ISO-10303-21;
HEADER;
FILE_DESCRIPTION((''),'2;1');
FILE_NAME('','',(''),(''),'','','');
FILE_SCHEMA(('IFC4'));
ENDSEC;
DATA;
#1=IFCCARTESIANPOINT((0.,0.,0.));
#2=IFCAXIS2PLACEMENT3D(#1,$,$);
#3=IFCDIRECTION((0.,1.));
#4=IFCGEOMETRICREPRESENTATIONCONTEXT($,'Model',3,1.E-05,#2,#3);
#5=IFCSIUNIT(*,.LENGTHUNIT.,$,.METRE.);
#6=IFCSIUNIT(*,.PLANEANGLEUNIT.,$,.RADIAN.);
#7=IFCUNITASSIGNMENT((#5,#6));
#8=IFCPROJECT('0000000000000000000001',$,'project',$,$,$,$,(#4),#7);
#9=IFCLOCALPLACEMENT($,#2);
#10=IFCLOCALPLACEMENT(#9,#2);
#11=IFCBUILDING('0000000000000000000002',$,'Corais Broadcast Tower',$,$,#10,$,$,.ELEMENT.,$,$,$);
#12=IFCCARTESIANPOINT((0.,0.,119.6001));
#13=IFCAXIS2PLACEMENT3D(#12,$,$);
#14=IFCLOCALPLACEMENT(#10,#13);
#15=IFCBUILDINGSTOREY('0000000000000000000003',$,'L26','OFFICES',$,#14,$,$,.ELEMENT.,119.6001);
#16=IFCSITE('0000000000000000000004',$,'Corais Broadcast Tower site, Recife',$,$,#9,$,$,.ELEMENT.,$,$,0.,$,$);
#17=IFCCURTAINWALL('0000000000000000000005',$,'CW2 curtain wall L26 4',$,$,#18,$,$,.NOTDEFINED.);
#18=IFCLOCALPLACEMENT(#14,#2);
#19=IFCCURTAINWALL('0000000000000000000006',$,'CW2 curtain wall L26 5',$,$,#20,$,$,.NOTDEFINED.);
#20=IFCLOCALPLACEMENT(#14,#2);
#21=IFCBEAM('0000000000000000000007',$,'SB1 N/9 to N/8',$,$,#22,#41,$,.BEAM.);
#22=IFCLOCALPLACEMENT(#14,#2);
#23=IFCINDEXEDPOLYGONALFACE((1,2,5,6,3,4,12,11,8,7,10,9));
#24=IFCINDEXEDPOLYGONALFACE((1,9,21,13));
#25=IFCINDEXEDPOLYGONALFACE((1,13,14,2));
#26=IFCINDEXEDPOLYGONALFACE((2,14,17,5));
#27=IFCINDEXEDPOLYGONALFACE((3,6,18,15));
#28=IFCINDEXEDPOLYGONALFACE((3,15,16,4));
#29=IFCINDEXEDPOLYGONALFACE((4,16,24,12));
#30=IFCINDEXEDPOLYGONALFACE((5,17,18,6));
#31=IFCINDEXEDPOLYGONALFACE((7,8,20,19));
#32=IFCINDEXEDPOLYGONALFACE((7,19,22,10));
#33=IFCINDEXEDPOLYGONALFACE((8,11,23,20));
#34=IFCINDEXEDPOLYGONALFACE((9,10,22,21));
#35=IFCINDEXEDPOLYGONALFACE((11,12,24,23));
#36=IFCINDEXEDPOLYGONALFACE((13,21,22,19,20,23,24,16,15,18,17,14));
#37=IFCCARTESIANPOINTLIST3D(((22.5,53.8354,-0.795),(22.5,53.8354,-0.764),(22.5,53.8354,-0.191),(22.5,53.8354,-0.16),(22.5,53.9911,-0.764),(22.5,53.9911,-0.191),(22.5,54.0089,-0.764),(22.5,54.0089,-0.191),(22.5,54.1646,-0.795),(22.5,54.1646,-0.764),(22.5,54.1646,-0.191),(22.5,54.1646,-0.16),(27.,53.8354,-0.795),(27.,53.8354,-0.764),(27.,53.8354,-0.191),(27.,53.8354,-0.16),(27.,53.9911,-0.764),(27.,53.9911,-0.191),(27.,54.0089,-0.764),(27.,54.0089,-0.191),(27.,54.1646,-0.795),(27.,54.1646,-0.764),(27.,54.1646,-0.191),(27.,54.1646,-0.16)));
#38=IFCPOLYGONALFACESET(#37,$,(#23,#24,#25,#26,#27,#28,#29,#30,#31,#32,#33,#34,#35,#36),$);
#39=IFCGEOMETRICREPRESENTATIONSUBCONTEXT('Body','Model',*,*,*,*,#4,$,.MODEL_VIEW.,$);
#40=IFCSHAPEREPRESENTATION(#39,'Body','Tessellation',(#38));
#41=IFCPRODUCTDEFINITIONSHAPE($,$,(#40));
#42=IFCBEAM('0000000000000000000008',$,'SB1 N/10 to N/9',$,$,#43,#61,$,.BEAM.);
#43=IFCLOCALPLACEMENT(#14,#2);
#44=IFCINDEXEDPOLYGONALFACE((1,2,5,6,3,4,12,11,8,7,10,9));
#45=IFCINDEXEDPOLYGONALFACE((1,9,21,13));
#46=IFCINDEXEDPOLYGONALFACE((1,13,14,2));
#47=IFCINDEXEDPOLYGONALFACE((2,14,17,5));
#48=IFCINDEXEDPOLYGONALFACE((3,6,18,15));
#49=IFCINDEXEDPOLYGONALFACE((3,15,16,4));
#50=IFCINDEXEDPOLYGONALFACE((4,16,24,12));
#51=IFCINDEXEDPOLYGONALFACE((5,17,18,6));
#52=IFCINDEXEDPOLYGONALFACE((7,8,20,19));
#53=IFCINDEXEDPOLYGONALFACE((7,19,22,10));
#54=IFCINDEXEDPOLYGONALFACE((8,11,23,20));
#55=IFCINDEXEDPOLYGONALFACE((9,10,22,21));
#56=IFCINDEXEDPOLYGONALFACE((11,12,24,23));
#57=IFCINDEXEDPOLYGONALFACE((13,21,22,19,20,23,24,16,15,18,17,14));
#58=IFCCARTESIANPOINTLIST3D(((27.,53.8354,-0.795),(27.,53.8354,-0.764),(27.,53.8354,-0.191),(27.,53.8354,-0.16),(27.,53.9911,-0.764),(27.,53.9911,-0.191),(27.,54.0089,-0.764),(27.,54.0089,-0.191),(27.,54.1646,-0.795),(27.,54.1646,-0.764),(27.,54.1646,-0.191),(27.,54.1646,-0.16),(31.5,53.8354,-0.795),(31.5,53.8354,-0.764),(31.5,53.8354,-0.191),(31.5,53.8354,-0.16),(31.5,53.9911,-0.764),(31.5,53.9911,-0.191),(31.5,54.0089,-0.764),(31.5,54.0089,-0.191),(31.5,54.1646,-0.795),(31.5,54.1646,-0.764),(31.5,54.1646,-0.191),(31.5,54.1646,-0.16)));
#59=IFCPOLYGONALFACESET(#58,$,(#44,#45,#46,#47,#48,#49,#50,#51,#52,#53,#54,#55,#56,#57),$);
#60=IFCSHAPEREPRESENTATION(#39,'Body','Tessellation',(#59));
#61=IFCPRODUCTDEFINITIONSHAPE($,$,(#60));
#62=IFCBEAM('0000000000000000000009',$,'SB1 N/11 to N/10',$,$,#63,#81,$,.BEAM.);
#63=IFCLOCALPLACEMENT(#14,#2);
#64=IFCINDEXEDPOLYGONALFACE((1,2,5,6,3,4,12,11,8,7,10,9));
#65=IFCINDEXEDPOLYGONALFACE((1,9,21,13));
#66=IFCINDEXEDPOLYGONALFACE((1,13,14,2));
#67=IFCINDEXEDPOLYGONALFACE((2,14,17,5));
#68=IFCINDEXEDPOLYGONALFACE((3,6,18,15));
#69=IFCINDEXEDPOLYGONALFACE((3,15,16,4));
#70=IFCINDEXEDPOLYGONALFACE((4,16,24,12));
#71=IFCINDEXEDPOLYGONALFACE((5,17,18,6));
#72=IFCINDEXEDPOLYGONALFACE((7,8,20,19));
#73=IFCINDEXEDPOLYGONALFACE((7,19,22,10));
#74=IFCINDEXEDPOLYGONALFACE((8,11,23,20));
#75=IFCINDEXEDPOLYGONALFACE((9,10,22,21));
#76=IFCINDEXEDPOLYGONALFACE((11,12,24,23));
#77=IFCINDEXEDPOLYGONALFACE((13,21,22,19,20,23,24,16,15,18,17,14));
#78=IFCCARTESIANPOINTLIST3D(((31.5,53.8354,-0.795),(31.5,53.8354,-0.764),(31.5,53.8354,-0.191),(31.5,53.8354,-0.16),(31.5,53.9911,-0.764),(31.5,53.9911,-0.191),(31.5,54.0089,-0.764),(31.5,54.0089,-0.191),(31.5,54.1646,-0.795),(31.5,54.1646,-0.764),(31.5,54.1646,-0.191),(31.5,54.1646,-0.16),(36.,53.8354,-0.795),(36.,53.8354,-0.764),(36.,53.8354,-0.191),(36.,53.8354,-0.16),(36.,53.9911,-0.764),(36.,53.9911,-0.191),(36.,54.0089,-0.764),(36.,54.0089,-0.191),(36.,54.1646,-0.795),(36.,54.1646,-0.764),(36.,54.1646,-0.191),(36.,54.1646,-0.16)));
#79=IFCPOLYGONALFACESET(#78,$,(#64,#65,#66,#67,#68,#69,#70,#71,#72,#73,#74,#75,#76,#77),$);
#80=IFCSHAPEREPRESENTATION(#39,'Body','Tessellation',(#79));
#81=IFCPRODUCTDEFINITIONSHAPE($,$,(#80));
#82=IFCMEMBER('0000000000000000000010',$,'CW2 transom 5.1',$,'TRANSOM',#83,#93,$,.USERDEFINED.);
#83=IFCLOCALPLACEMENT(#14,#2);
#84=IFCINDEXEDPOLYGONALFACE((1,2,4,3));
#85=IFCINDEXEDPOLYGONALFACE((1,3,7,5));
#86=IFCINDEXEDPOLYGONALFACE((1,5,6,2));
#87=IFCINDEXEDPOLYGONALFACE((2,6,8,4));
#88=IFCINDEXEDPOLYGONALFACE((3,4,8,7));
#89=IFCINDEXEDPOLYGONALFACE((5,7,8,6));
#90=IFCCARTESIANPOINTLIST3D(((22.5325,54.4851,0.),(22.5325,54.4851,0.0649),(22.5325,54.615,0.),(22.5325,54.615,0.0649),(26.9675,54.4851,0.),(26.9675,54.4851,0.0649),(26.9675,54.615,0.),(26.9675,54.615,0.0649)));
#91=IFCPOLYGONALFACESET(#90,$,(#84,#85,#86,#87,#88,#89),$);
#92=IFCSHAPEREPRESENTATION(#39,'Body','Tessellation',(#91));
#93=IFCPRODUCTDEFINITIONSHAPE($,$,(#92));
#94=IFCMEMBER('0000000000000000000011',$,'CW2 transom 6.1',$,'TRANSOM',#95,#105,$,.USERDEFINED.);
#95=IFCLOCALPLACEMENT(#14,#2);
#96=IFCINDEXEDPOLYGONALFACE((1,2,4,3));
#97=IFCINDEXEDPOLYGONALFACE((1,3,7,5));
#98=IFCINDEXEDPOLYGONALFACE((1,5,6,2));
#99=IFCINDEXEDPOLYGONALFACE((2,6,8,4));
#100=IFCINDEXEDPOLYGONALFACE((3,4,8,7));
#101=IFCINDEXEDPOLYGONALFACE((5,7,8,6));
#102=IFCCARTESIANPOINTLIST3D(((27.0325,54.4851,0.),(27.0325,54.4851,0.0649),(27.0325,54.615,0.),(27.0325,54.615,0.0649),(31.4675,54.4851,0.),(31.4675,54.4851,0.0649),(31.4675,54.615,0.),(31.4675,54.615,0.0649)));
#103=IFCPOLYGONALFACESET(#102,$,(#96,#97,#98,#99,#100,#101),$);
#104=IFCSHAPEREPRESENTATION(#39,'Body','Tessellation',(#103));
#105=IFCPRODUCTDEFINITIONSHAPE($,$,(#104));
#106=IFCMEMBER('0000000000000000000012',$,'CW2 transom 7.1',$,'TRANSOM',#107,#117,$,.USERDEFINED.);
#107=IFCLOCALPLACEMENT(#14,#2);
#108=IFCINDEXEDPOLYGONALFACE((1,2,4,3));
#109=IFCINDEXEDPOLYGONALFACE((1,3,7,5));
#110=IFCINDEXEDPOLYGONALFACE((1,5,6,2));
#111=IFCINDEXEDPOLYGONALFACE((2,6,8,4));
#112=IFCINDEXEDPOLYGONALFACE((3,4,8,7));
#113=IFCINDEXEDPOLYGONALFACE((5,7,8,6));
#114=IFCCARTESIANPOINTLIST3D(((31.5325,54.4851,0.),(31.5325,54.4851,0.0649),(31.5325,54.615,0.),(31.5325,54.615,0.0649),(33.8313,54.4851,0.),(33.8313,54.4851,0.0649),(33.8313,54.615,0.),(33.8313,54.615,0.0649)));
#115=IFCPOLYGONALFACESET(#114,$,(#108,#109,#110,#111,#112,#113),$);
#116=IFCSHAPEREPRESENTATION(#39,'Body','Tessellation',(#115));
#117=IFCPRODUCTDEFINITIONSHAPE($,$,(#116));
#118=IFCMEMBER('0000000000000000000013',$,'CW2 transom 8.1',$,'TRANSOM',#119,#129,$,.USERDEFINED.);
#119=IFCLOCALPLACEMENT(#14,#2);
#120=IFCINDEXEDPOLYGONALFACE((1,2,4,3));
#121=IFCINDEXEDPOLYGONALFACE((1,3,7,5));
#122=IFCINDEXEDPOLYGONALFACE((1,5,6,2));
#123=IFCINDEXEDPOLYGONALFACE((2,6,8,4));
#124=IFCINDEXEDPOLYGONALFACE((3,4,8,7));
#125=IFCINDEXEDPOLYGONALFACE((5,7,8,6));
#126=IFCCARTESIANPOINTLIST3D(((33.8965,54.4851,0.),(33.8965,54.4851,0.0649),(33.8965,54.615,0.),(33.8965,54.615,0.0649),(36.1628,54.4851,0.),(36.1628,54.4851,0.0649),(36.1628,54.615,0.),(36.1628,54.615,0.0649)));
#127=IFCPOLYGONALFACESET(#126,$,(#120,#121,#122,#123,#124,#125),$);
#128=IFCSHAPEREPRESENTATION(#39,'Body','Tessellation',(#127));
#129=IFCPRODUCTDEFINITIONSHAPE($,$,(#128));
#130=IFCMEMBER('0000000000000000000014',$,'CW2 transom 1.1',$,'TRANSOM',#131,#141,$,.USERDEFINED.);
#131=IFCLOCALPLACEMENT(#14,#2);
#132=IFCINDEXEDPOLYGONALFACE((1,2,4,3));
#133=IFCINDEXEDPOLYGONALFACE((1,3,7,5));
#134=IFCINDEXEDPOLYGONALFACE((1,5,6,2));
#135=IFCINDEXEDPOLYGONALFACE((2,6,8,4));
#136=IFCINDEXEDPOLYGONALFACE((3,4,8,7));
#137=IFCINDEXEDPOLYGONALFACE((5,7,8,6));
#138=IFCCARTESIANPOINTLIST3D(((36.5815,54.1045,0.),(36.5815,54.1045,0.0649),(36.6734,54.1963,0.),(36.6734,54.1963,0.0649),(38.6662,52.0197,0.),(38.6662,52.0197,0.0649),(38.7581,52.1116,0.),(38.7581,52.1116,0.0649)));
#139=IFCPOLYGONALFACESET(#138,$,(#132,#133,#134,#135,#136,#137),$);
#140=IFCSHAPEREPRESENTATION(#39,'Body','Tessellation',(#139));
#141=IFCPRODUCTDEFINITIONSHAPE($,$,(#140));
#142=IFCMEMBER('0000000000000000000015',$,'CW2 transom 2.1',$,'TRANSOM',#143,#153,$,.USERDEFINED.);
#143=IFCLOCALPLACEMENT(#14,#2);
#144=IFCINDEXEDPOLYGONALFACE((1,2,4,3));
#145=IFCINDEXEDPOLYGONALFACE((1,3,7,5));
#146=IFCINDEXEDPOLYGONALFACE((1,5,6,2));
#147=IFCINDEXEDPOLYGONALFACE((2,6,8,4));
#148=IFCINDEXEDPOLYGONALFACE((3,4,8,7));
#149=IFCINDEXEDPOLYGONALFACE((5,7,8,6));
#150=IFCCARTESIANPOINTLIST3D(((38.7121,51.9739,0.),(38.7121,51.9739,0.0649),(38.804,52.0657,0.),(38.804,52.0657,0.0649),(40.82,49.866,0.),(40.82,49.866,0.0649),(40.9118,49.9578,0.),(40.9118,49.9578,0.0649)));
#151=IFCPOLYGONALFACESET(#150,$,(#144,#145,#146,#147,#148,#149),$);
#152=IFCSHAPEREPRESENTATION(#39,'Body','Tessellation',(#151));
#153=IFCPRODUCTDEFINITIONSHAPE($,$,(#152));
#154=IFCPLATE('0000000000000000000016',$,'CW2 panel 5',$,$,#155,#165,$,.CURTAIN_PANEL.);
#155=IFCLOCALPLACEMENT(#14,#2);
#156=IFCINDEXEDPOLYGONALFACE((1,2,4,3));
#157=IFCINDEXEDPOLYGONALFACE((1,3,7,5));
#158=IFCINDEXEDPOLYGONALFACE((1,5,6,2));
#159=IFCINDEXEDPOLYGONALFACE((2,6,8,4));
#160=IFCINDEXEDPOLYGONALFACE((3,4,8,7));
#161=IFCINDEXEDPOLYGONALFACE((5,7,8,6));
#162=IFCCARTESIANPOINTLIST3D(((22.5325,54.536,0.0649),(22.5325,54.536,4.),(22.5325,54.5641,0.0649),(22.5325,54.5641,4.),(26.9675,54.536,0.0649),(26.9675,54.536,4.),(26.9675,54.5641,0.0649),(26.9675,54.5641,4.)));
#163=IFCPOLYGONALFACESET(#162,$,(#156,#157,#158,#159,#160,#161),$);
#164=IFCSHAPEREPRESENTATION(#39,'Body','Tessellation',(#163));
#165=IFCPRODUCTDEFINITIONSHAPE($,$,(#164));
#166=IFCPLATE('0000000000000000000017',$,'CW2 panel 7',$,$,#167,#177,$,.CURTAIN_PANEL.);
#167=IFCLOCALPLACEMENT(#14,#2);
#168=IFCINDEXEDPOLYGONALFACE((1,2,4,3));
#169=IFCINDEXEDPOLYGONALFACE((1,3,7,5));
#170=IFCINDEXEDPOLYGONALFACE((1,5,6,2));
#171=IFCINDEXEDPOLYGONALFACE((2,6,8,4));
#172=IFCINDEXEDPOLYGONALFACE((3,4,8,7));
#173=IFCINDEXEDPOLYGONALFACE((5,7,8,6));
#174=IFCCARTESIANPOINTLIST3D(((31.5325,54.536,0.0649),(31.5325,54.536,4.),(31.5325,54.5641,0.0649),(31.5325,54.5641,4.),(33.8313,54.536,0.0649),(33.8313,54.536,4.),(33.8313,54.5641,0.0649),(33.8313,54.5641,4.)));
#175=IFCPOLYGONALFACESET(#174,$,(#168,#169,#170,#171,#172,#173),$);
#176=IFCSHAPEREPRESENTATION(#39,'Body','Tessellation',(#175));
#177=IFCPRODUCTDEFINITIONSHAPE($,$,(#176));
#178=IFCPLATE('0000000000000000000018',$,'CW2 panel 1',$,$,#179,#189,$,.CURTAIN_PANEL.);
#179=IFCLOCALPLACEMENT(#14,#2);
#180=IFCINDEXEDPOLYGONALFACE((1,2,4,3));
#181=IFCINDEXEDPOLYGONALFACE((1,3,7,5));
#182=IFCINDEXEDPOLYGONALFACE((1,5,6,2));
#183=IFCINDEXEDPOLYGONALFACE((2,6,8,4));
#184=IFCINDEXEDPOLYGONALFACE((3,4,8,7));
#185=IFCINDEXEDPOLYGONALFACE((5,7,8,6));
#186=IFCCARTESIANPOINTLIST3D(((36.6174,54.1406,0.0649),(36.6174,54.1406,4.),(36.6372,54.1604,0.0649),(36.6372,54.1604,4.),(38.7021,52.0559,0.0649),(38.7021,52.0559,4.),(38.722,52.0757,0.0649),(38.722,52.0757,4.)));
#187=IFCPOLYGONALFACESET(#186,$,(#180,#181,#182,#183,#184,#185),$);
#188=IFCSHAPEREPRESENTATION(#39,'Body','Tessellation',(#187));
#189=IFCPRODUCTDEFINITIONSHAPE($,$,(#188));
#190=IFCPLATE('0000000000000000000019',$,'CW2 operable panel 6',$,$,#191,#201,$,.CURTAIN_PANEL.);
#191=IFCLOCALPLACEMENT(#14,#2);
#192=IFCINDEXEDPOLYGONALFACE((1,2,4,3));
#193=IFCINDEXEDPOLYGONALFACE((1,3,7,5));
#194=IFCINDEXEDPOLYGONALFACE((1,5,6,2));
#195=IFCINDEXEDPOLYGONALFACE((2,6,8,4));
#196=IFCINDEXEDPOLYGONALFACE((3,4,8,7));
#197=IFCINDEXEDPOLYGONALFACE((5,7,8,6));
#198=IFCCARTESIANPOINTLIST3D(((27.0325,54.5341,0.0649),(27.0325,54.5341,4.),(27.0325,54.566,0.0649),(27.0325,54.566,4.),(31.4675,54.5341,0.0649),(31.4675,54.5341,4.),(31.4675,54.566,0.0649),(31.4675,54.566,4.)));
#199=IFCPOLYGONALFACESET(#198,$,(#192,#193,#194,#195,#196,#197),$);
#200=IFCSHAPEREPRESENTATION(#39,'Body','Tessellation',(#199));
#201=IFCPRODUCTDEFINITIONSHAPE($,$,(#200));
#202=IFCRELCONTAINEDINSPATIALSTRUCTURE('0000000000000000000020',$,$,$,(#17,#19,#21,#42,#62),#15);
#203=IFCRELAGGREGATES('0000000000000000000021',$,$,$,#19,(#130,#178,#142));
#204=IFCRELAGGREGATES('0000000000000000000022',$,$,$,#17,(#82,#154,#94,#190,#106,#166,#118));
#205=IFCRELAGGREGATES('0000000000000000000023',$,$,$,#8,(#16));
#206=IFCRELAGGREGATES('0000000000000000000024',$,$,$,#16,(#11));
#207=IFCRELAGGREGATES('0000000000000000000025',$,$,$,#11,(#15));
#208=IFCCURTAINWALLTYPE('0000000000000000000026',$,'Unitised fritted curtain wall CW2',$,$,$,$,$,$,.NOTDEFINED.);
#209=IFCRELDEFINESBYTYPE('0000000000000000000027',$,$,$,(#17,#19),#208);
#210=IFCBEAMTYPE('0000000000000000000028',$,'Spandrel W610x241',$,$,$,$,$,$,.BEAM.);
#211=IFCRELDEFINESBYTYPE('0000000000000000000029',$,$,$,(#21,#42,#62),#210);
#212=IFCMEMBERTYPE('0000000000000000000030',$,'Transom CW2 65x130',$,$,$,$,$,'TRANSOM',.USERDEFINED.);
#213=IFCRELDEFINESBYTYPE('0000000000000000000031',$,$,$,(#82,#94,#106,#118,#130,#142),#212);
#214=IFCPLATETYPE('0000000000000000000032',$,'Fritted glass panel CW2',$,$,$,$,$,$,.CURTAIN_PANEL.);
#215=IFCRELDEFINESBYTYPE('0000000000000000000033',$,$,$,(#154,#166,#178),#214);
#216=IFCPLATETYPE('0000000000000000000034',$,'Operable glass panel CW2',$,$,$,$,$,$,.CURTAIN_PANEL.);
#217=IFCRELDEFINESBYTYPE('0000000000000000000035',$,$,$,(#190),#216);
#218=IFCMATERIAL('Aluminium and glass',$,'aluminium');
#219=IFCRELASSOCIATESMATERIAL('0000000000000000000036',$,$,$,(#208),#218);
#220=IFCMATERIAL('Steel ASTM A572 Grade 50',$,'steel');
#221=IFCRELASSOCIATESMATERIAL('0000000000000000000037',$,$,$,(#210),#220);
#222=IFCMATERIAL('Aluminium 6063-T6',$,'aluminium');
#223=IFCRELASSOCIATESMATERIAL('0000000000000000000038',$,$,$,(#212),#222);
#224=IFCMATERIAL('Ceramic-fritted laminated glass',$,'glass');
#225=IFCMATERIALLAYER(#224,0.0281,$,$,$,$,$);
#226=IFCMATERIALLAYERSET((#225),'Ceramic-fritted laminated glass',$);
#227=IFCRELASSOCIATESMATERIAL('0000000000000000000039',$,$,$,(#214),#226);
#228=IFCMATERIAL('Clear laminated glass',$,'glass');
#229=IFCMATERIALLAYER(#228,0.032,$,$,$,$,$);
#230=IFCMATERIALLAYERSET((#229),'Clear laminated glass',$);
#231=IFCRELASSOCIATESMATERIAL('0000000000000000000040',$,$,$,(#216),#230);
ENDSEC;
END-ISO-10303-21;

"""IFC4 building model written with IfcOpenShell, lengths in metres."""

from ifc_helpers import new_model, si_unit, direction, frame, origin, origin_2d, place, context, subcontext, project, spatial, rectangle, i_section, extrude, material, layer, layer_set, material_profile, profile_set, type_object, element, aggregate, save


model = new_model("IFC4")

# Units and contexts
model_context = context("Model", 3, precision=1e-05, world=origin(), true_north=direction((0.0, 1.0)))
body_context = subcontext(model_context, "Body", "Model", "MODEL_VIEW")
ifc_project = project(units=[si_unit("LENGTHUNIT", "METRE"), si_unit("PLANEANGLEUNIT", "RADIAN")], contexts=[model_context])

# Site, building, storey
site_placement = place(None, origin())
site = spatial("IfcSite", under=ifc_project, at=site_placement, Name="Corais Broadcast Tower site, Recife", CompositionType="ELEMENT", RefElevation=0.0)
building_placement = place(site_placement, origin())
building = spatial("IfcBuilding", under=site, at=building_placement, Name="Corais Broadcast Tower", CompositionType="ELEMENT")
storey_placement = place(building_placement, frame((0.0, 0.0, 119.6001)))
storey = spatial("IfcBuildingStorey", under=building, at=storey_placement, Name="L26", Description="OFFICES", CompositionType="ELEMENT", Elevation=119.6001)

# Curtain walls
ifc_material_1 = material(Name="Aluminium and glass", Category="aluminium")
curtain_wall_type = type_object("IfcCurtainWallType", Name="Unitised fritted curtain wall CW2", PredefinedType="NOTDEFINED", material=ifc_material_1)
curtain_wall_1_placement = place(storey_placement, origin())
curtain_wall_1 = element("IfcCurtainWall", 1, at=curtain_wall_1_placement, inside=storey, type_object=curtain_wall_type, Name="CW2 curtain wall L26 4", PredefinedType="NOTDEFINED")
curtain_wall_2_placement = place(storey_placement, origin())
curtain_wall_2 = element("IfcCurtainWall", 2, at=curtain_wall_2_placement, inside=storey, type_object=curtain_wall_type, Name="CW2 curtain wall L26 5", PredefinedType="NOTDEFINED")

# Beams
ifc_material_2 = material(Name="Steel ASTM A572 Grade 50", Category="steel")
ifc_material_profile_1 = material_profile(ifc_material_2, i_section(OverallWidth=0.3291, OverallDepth=0.635, WebThickness=0.0178, FlangeThickness=0.031, at=origin_2d()), Name="W610x241")
ifc_profile_set_1 = profile_set([ifc_material_profile_1], Name="Steel ASTM A572 Grade 50")
beam_type_1 = type_object("IfcBeamType", Name="Spandrel W610x241", PredefinedType="BEAM", material=ifc_profile_set_1)
for number, where, z_axis, x_axis, name in (
    (3, (27.0, 54.0, -0.4775), (-1.0, 0.0, 0.0), (0.0, -1.0, 0.0), "SB1 N/9 to N/8"),
    (4, (31.5, 54.0, -0.4775), (-1.0, 0.0, 0.0), (0.0, -1.0, 0.0), "SB1 N/10 to N/9"),
    (5, (36.0, 54.0, -0.4775), (-1.0, 0.0, 0.0), (0.0, -1.0, 0.0), "SB1 N/11 to N/10"),
):
    element("IfcBeam", number, at=place(storey_placement, frame(where, z_axis=z_axis, x_axis=x_axis)), inside=storey, type_object=beam_type_1, Name=name, PredefinedType="BEAM", context=body_context, shape_type="SweptSolid", body=[
        extrude(i_section(OverallWidth=0.3291, OverallDepth=0.635, WebThickness=0.0178, FlangeThickness=0.031, at=origin_2d()), origin(), (0.0, 0.0, 1.0), 4.5),
    ])

# Members
ifc_material_3 = material(Name="Aluminium 6063-T6", Category="aluminium")
ifc_material_profile_2 = material_profile(ifc_material_3, rectangle(XDim=0.1299, YDim=0.0649, at=origin_2d()), Name="Transom CW2 65x130")
ifc_profile_set_2 = profile_set([ifc_material_profile_2], Name="Aluminium 6063-T6")
member_type_1 = type_object("IfcMemberType", Name="Transom CW2 65x130", ElementType="TRANSOM", PredefinedType="USERDEFINED", material=ifc_profile_set_2)
member_1_placement = place(storey_placement, frame((22.5325, 54.55, 0.0325), z_axis=(1.0, 0.0, 0.0), x_axis=(0.0, 1.0, 0.0)))
member_1 = element("IfcMember", 6, at=member_1_placement, type_object=member_type_1, Name="CW2 transom 5.1", ObjectType="TRANSOM", PredefinedType="USERDEFINED", context=body_context, shape_type="SweptSolid", body=[
    extrude(rectangle(XDim=0.1299, YDim=0.0649, at=origin_2d()), origin(), (0.0, 0.0, 1.0), 4.4351),
])
member_2_placement = place(storey_placement, frame((27.0325, 54.55, 0.0325), z_axis=(1.0, 0.0, 0.0), x_axis=(0.0, 1.0, 0.0)))
member_2 = element("IfcMember", 7, at=member_2_placement, type_object=member_type_1, Name="CW2 transom 6.1", ObjectType="TRANSOM", PredefinedType="USERDEFINED", context=body_context, shape_type="SweptSolid", body=[
    extrude(rectangle(XDim=0.1299, YDim=0.0649, at=origin_2d()), origin(), (0.0, 0.0, 1.0), 4.4351),
])
member_3_placement = place(storey_placement, frame((31.5325, 54.55, 0.0325), z_axis=(1.0, 0.0, 0.0), x_axis=(0.0, 1.0, 0.0)))
member_3 = element("IfcMember", 8, at=member_3_placement, type_object=member_type_1, Name="CW2 transom 7.1", ObjectType="TRANSOM", PredefinedType="USERDEFINED", context=body_context, shape_type="SweptSolid", body=[
    extrude(rectangle(XDim=0.1299, YDim=0.0649, at=origin_2d()), origin(), (0.0, 0.0, 1.0), 2.2988),
])
member_4_placement = place(storey_placement, frame((33.8965, 54.55, 0.0325), z_axis=(1.0, 0.0, 0.0), x_axis=(0.0, 1.0, 0.0)))
member_4 = element("IfcMember", 9, at=member_4_placement, type_object=member_type_1, Name="CW2 transom 8.1", ObjectType="TRANSOM", PredefinedType="USERDEFINED", context=body_context, shape_type="SweptSolid", body=[
    extrude(rectangle(XDim=0.1299, YDim=0.0649, at=origin_2d()), origin(), (0.0, 0.0, 1.0), 2.2664),
])
member_5_placement = place(storey_placement, frame((36.6274, 54.1504, 0.0325), z_axis=(0.707107, -0.707107, 0.0), x_axis=(0.707107, 0.707107, 0.0)))
member_5 = element("IfcMember", 10, at=member_5_placement, type_object=member_type_1, Name="CW2 transom 1.1", ObjectType="TRANSOM", PredefinedType="USERDEFINED", context=body_context, shape_type="SweptSolid", body=[
    extrude(rectangle(XDim=0.1299, YDim=0.0649, at=origin_2d()), origin(), (0.0, 0.0, 1.0), 2.9482),
])
member_6_placement = place(storey_placement, frame((38.7581, 52.0198, 0.0325), z_axis=(0.707107, -0.707107, 0.0), x_axis=(0.707107, 0.707107, 0.0)))
member_6 = element("IfcMember", 11, at=member_6_placement, type_object=member_type_1, Name="CW2 transom 2.1", ObjectType="TRANSOM", PredefinedType="USERDEFINED", context=body_context, shape_type="SweptSolid", body=[
    extrude(rectangle(XDim=0.1299, YDim=0.0649, at=origin_2d()), origin(), (0.0, 0.0, 1.0), 2.981),
])

# Plates
ifc_material_4 = material(Name="Ceramic-fritted laminated glass", Category="glass")
ifc_layer_1 = layer(ifc_material_4, 0.0281)
ifc_layer_set_1 = layer_set([ifc_layer_1], Name="Ceramic-fritted laminated glass")
plate_type_1 = type_object("IfcPlateType", Name="Fritted glass panel CW2", PredefinedType="CURTAIN_PANEL", material=ifc_layer_set_1)
plate_1_placement = place(storey_placement, frame((24.75, 54.55, 0.0649), z_axis=(0.0, 0.0, 1.0), x_axis=(1.0, 0.0, 0.0)))
plate_1 = element("IfcPlate", 12, at=plate_1_placement, type_object=plate_type_1, Name="CW2 panel 5", PredefinedType="CURTAIN_PANEL", context=body_context, shape_type="SweptSolid", body=[
    extrude(rectangle(XDim=4.4351, YDim=0.0281, at=origin_2d()), origin(), (0.0, 0.0, 1.0), 3.9351),
])
plate_2_placement = place(storey_placement, frame((32.6819, 54.55, 0.0649), z_axis=(0.0, 0.0, 1.0), x_axis=(1.0, 0.0, 0.0)))
plate_2 = element("IfcPlate", 13, at=plate_2_placement, type_object=plate_type_1, Name="CW2 panel 7", PredefinedType="CURTAIN_PANEL", context=body_context, shape_type="SweptSolid", body=[
    extrude(rectangle(XDim=2.2988, YDim=0.0281, at=origin_2d()), origin(), (0.0, 0.0, 1.0), 3.9351),
])
plate_3_placement = place(storey_placement, frame((37.6697, 53.1082, 0.0649), z_axis=(0.0, 0.0, 1.0), x_axis=(0.707107, -0.707107, 0.0)))
plate_3 = element("IfcPlate", 14, at=plate_3_placement, type_object=plate_type_1, Name="CW2 panel 1", PredefinedType="CURTAIN_PANEL", context=body_context, shape_type="SweptSolid", body=[
    extrude(rectangle(XDim=2.9482, YDim=0.0281, at=origin_2d()), origin(), (0.0, 0.0, 1.0), 3.9351),
])
aggregate(curtain_wall_2, [member_5, plate_3, member_6])
ifc_material_5 = material(Name="Clear laminated glass", Category="glass")
ifc_layer_2 = layer(ifc_material_5, 0.032)
ifc_layer_set_2 = layer_set([ifc_layer_2], Name="Clear laminated glass")
plate_type_2 = type_object("IfcPlateType", Name="Operable glass panel CW2", PredefinedType="CURTAIN_PANEL", material=ifc_layer_set_2)
plate_4_placement = place(storey_placement, frame((29.25, 54.55, 0.0649), z_axis=(0.0, 0.0, 1.0), x_axis=(1.0, 0.0, 0.0)))
plate_4 = element("IfcPlate", 15, at=plate_4_placement, type_object=plate_type_2, Name="CW2 operable panel 6", PredefinedType="CURTAIN_PANEL", context=body_context, shape_type="SweptSolid", body=[
    extrude(rectangle(XDim=4.4351, YDim=0.032, at=origin_2d()), origin(), (0.0, 0.0, 1.0), 3.9351),
])
aggregate(curtain_wall_1, [member_1, plate_1, member_2, plate_4, member_3, plate_2, member_4])

save(model, "model.ifc")
